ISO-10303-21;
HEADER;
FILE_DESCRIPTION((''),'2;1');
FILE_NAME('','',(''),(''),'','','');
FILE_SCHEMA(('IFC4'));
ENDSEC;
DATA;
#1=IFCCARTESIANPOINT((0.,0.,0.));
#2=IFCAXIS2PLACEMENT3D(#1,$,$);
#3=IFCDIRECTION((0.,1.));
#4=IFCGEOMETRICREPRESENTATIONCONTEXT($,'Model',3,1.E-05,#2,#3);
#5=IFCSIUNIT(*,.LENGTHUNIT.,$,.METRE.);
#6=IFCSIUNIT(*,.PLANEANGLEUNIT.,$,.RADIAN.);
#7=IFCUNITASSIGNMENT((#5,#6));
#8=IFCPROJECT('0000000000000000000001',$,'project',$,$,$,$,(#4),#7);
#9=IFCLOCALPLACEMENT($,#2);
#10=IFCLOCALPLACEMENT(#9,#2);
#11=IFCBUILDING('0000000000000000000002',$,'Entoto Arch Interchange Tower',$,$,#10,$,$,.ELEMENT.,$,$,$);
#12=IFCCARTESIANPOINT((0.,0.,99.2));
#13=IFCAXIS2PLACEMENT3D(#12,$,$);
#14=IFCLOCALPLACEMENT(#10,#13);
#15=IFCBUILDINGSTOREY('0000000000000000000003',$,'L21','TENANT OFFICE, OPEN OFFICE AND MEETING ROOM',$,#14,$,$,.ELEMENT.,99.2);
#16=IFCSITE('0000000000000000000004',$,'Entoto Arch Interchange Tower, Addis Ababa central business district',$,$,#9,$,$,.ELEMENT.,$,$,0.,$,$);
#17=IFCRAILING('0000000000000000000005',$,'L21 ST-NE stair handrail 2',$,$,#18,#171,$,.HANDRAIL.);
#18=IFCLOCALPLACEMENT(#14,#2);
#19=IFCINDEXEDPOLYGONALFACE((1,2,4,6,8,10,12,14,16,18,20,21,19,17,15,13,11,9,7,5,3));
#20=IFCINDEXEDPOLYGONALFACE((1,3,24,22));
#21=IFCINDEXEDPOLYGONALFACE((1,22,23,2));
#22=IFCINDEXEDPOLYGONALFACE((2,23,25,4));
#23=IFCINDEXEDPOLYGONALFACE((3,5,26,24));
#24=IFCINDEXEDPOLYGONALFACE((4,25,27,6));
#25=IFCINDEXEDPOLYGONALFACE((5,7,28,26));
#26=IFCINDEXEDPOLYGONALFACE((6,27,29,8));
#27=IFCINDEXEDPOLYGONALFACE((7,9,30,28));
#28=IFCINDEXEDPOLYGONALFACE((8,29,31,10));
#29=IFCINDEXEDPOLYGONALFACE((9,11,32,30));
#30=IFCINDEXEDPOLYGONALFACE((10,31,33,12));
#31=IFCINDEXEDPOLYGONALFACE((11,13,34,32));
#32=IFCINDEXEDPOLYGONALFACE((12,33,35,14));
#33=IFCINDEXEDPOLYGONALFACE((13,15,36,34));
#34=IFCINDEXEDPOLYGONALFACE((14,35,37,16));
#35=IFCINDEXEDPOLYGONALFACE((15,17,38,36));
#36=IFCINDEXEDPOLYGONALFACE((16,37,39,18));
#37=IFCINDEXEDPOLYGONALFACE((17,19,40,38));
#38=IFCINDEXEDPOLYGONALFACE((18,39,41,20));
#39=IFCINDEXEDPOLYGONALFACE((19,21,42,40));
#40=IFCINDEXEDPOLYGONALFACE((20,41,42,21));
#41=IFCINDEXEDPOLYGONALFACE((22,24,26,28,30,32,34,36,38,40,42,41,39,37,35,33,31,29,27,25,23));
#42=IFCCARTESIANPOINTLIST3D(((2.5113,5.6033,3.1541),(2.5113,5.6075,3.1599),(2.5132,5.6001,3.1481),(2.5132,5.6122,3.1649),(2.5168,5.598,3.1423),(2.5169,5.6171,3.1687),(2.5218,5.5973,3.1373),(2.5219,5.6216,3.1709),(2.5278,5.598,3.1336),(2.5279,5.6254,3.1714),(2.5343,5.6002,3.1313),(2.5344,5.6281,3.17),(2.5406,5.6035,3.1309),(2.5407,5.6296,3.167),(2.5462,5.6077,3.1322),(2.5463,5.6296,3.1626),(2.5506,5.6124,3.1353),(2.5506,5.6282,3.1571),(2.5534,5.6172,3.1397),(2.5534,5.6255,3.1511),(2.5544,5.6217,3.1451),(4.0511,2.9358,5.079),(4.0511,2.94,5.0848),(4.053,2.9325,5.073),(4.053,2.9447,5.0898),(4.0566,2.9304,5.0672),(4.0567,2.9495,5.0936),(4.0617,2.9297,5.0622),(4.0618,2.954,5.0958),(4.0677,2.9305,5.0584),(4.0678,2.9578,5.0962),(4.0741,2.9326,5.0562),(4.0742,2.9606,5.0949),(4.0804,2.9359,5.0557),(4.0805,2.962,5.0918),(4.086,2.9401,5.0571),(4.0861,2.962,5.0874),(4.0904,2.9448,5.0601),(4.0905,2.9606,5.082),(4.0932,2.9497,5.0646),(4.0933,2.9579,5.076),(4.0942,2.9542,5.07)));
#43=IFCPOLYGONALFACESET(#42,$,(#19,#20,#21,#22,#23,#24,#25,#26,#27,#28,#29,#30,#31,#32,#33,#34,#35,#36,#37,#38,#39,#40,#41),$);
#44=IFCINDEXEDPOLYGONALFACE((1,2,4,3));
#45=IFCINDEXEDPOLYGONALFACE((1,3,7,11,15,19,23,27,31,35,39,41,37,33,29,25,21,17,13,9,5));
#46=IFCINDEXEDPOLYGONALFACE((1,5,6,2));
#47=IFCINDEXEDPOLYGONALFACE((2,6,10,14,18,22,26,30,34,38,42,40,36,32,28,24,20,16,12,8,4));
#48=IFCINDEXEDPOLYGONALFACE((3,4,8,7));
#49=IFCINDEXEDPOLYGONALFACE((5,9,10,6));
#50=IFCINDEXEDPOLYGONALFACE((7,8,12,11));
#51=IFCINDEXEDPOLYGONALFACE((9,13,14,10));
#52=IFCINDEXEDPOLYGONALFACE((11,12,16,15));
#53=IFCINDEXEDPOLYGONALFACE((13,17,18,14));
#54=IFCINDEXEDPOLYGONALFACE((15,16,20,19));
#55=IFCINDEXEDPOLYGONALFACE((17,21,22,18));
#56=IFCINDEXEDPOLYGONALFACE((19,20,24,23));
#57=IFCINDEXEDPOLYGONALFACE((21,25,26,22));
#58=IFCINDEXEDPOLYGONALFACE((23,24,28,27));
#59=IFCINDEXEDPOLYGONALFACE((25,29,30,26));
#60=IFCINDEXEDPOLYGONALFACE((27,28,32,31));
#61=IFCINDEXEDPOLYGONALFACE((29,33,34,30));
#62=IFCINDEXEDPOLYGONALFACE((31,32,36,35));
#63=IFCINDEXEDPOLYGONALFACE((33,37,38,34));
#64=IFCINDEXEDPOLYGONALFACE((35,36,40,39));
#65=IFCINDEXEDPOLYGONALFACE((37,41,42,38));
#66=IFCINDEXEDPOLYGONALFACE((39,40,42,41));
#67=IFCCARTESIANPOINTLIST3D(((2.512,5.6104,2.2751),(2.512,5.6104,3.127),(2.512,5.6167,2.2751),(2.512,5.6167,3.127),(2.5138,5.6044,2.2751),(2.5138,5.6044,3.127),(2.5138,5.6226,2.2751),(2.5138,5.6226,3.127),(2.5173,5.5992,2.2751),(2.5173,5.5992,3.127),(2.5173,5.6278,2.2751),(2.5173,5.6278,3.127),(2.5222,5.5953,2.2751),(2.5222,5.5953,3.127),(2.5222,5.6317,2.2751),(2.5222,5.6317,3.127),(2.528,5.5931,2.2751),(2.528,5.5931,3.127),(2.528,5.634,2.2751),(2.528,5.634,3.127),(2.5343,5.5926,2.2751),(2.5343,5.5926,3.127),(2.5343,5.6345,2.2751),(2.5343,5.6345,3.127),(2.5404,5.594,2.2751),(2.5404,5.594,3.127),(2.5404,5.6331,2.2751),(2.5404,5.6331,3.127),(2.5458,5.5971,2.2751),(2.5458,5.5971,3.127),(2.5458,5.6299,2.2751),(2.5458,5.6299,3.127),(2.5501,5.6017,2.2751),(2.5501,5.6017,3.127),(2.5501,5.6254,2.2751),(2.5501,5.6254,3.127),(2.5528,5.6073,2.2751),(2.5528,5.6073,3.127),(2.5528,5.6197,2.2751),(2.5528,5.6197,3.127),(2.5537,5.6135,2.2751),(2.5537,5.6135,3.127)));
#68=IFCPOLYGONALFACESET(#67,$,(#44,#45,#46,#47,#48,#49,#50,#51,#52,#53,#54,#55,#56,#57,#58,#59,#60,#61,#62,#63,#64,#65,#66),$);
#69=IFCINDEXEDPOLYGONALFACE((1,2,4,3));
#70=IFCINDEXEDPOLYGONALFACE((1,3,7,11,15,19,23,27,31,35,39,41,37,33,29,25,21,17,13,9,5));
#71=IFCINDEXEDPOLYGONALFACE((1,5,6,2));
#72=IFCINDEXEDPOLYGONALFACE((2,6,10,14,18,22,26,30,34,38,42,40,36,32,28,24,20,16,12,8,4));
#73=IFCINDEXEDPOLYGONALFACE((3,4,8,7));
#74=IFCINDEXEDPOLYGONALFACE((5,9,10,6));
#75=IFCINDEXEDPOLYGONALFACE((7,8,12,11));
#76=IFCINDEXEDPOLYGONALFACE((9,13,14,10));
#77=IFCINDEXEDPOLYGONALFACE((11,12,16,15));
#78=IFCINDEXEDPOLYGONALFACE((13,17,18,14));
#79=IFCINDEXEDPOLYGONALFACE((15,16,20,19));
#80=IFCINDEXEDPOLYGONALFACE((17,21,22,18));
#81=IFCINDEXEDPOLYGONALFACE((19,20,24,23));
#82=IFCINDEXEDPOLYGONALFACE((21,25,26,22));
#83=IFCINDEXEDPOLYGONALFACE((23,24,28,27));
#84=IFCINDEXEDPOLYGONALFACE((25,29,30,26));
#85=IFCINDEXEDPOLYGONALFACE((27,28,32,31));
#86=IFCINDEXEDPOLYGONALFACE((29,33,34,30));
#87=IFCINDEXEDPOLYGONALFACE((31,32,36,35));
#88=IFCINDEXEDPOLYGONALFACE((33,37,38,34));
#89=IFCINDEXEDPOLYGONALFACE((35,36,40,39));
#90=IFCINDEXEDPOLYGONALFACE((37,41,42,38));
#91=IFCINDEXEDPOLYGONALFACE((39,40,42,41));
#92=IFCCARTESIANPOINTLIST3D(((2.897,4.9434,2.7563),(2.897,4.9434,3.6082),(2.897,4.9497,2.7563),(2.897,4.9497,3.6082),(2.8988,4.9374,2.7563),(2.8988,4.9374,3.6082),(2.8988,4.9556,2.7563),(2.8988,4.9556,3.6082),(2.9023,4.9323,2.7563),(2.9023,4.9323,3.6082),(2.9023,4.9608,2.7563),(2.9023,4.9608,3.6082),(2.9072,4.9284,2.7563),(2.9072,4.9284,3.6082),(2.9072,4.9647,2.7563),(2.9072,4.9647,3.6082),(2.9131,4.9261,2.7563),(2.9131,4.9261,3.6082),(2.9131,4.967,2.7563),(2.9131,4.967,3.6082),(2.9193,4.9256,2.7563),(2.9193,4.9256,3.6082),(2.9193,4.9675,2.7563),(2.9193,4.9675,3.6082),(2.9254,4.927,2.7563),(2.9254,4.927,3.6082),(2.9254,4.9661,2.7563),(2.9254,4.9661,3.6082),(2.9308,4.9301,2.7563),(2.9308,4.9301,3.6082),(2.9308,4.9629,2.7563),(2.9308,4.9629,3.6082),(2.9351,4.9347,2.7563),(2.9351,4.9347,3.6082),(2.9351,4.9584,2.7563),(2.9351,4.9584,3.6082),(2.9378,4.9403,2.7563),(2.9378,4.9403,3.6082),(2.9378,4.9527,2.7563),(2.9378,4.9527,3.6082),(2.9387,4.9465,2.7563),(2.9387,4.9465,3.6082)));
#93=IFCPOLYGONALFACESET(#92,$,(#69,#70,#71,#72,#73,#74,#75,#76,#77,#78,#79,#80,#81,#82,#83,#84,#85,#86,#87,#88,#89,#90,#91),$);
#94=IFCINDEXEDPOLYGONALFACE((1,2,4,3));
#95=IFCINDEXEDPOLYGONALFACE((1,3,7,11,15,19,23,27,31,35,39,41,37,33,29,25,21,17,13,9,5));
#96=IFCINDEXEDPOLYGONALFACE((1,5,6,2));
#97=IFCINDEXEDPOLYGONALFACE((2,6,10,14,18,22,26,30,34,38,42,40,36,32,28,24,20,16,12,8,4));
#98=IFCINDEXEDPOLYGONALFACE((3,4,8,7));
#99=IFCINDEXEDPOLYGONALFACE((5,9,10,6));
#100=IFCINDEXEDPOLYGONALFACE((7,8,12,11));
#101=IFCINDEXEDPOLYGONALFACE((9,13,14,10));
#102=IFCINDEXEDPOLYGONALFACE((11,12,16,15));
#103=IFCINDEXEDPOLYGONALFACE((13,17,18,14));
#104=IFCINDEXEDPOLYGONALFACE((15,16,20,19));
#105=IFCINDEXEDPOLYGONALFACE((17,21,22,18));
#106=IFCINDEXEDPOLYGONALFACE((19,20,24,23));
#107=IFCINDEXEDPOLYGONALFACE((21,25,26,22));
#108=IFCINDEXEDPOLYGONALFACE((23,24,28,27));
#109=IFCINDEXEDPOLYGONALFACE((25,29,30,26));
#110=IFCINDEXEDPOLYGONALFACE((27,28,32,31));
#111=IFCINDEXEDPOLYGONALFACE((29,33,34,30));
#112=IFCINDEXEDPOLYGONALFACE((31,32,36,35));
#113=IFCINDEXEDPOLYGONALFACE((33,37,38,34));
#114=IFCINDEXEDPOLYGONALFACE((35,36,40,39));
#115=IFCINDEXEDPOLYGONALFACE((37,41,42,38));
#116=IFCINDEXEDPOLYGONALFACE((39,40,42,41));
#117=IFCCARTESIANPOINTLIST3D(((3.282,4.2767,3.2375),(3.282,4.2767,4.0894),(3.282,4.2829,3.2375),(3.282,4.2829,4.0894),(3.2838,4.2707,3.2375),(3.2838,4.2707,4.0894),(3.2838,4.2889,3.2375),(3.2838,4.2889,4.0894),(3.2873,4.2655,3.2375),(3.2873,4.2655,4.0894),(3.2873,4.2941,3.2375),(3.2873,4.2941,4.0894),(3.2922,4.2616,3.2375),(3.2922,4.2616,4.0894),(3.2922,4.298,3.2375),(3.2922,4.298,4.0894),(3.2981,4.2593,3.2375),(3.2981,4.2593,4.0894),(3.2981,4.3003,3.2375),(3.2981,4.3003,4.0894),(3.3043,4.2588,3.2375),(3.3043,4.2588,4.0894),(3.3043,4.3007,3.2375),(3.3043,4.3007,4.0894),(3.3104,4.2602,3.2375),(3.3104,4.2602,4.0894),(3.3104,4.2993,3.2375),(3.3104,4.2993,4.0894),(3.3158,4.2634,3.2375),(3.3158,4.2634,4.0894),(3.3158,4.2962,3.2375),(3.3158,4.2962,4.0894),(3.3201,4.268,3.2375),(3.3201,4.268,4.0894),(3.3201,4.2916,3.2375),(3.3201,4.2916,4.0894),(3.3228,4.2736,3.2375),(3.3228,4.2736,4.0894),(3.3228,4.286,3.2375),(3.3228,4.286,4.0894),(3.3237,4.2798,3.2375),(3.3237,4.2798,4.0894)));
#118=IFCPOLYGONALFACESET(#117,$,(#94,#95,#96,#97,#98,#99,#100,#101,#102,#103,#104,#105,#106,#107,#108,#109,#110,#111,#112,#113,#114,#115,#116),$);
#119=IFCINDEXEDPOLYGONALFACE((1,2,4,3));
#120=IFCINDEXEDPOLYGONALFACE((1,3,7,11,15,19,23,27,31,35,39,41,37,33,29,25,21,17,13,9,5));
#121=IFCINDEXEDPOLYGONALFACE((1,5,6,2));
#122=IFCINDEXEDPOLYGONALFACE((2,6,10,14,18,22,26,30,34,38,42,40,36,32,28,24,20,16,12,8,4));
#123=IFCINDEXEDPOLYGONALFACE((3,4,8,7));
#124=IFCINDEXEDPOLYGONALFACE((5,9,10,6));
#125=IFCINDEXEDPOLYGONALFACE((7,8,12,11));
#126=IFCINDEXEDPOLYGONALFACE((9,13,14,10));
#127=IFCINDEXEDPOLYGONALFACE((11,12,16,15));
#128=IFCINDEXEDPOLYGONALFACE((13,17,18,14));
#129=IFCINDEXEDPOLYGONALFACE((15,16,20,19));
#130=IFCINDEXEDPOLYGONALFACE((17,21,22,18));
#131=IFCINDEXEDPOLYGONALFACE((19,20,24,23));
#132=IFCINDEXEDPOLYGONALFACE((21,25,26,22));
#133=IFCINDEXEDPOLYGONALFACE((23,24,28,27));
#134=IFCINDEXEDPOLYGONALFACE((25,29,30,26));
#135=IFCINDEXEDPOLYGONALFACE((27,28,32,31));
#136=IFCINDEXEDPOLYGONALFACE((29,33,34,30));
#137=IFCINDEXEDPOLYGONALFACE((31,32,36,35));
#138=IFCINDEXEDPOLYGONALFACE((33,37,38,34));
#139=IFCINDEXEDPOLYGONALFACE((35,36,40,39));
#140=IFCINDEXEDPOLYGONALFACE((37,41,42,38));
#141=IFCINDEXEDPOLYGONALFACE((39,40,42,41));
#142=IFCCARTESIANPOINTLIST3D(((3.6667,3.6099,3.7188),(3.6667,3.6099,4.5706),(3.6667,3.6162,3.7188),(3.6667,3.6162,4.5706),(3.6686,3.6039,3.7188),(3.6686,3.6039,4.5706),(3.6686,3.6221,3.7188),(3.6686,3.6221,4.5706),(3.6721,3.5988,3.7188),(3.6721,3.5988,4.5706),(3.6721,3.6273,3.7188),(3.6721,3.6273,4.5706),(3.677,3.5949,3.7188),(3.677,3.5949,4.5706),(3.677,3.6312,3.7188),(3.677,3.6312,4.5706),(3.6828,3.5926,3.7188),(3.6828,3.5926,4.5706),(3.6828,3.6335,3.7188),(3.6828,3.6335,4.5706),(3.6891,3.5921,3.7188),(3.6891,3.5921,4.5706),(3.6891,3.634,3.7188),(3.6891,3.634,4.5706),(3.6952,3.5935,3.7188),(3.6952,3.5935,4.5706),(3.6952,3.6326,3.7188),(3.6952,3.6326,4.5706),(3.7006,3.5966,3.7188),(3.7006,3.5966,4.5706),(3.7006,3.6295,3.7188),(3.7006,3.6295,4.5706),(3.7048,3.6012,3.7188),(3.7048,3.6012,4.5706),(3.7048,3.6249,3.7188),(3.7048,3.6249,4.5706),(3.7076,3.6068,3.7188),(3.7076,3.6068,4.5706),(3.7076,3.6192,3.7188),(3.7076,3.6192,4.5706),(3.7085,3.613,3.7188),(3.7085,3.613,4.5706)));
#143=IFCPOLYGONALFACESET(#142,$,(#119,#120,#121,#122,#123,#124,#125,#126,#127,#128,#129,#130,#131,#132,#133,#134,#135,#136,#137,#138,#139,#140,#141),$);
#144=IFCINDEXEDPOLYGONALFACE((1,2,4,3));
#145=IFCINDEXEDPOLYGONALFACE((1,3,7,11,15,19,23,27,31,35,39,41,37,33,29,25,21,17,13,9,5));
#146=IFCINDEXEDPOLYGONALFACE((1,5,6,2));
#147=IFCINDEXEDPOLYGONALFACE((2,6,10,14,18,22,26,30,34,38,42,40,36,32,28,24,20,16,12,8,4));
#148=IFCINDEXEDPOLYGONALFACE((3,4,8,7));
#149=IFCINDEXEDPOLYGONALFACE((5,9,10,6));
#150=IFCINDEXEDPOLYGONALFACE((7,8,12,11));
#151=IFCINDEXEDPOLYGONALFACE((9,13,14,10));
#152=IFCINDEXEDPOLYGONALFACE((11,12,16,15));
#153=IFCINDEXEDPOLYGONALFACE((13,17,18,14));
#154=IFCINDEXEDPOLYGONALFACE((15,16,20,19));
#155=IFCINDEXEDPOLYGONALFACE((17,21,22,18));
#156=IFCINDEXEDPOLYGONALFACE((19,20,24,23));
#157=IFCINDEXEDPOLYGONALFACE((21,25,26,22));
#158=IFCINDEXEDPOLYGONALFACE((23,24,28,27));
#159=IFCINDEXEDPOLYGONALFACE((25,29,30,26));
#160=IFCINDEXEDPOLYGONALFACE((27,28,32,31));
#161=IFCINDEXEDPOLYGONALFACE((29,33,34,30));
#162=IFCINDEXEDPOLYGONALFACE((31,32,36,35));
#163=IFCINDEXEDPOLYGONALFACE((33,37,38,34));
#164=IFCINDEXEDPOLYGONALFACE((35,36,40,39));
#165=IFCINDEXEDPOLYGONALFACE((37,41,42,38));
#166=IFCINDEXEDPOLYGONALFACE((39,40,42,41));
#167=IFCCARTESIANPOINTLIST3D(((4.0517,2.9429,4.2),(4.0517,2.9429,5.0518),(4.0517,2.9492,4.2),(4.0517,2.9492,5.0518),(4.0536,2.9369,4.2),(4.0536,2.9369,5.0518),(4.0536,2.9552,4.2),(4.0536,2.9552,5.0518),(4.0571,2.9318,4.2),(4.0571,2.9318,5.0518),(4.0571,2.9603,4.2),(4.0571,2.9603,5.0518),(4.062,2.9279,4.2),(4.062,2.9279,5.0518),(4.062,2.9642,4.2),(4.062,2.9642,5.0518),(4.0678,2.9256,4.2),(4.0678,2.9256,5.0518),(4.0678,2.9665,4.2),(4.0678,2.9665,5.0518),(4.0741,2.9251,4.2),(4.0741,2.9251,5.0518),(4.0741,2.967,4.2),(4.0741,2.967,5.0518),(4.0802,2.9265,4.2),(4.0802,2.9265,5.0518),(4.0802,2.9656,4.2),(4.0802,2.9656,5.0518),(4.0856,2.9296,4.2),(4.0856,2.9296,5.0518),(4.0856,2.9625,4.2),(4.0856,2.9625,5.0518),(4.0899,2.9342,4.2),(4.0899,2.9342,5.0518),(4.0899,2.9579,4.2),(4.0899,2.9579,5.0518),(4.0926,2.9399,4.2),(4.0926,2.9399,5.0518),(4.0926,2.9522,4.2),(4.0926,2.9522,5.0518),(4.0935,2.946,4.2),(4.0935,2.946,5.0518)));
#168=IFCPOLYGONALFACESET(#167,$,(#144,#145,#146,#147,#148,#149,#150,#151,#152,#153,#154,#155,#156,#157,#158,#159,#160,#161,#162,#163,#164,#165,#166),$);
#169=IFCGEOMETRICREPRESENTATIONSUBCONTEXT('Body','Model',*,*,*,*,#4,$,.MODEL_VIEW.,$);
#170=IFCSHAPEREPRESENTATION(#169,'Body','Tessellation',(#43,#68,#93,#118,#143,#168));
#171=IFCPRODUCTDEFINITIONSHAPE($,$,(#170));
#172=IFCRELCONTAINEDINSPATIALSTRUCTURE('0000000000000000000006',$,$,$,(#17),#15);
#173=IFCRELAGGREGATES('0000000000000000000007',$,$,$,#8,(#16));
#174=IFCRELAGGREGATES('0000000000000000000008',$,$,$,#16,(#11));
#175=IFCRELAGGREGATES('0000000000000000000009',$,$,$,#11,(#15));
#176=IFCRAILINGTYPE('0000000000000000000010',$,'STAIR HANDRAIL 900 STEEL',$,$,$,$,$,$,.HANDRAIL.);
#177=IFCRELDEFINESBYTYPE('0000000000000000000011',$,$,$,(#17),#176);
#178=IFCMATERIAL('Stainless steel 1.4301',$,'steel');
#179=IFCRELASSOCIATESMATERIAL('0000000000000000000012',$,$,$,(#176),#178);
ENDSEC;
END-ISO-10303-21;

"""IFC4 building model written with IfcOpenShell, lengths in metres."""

from ifc_helpers import new_model, si_unit, direction, frame, origin, origin_2d, place, context, subcontext, project, spatial, circle, extrude, material, type_object, element, save


model = new_model("IFC4")

# Units and contexts
model_context = context("Model", 3, precision=1e-05, world=origin(), true_north=direction((0.0, 1.0)))
body_context = subcontext(model_context, "Body", "Model", "MODEL_VIEW")
ifc_project = project(units=[si_unit("LENGTHUNIT", "METRE"), si_unit("PLANEANGLEUNIT", "RADIAN")], contexts=[model_context])

# Site, building, storey
site_placement = place(None, origin())
site = spatial("IfcSite", under=ifc_project, at=site_placement, Name="Entoto Arch Interchange Tower, Addis Ababa central business district", CompositionType="ELEMENT", RefElevation=0.0)
building_placement = place(site_placement, origin())
building = spatial("IfcBuilding", under=site, at=building_placement, Name="Entoto Arch Interchange Tower", CompositionType="ELEMENT")
storey_placement = place(building_placement, frame((0.0, 0.0, 99.2)))
storey = spatial("IfcBuildingStorey", under=building, at=storey_placement, Name="L21", Description="TENANT OFFICE, OPEN OFFICE AND MEETING ROOM", CompositionType="ELEMENT", Elevation=99.2)

# Railing
ifc_material_1 = material(Name="Stainless steel 1.4301", Category="steel")
railing_type = type_object("IfcRailingType", Name="STAIR HANDRAIL 900 STEEL", PredefinedType="HANDRAIL", material=ifc_material_1)
railing_placement = place(storey_placement, frame((2.5327, 5.6135, 2.2751)))
element("IfcRailing", 1, at=railing_placement, inside=storey, type_object=railing_type, Name="L21 ST-NE stair handrail 2", PredefinedType="HANDRAIL", context=body_context, shape_type="SweptSolid", body=[
    extrude(circle(Radius=0.0239, at=origin_2d()), frame((0.0, 0.0, 0.876), z_axis=(0.423954, -0.734442, 0.52996), x_axis=(0.866064, 0.499933, 0.0)), (0.0, 0.0, 1.0), 3.6321),
    extrude(circle(Radius=0.021, at=origin_2d()), origin(), (0.0, 0.0, 1.0), 0.8518),
    extrude(circle(Radius=0.021, at=origin_2d()), frame((0.385, -0.667, 0.4812)), (0.0, 0.0, 1.0), 0.8518),
    extrude(circle(Radius=0.021, at=origin_2d()), frame((0.77, -1.3337, 0.9624)), (0.0, 0.0, 1.0), 0.8518),
    extrude(circle(Radius=0.021, at=origin_2d()), frame((1.1548, -2.0005, 1.4436)), (0.0, 0.0, 1.0), 0.8518),
    extrude(circle(Radius=0.021, at=origin_2d()), frame((1.5398, -2.6675, 1.9248)), (0.0, 0.0, 1.0), 0.8518),
])

save(model, "model.ifc")
